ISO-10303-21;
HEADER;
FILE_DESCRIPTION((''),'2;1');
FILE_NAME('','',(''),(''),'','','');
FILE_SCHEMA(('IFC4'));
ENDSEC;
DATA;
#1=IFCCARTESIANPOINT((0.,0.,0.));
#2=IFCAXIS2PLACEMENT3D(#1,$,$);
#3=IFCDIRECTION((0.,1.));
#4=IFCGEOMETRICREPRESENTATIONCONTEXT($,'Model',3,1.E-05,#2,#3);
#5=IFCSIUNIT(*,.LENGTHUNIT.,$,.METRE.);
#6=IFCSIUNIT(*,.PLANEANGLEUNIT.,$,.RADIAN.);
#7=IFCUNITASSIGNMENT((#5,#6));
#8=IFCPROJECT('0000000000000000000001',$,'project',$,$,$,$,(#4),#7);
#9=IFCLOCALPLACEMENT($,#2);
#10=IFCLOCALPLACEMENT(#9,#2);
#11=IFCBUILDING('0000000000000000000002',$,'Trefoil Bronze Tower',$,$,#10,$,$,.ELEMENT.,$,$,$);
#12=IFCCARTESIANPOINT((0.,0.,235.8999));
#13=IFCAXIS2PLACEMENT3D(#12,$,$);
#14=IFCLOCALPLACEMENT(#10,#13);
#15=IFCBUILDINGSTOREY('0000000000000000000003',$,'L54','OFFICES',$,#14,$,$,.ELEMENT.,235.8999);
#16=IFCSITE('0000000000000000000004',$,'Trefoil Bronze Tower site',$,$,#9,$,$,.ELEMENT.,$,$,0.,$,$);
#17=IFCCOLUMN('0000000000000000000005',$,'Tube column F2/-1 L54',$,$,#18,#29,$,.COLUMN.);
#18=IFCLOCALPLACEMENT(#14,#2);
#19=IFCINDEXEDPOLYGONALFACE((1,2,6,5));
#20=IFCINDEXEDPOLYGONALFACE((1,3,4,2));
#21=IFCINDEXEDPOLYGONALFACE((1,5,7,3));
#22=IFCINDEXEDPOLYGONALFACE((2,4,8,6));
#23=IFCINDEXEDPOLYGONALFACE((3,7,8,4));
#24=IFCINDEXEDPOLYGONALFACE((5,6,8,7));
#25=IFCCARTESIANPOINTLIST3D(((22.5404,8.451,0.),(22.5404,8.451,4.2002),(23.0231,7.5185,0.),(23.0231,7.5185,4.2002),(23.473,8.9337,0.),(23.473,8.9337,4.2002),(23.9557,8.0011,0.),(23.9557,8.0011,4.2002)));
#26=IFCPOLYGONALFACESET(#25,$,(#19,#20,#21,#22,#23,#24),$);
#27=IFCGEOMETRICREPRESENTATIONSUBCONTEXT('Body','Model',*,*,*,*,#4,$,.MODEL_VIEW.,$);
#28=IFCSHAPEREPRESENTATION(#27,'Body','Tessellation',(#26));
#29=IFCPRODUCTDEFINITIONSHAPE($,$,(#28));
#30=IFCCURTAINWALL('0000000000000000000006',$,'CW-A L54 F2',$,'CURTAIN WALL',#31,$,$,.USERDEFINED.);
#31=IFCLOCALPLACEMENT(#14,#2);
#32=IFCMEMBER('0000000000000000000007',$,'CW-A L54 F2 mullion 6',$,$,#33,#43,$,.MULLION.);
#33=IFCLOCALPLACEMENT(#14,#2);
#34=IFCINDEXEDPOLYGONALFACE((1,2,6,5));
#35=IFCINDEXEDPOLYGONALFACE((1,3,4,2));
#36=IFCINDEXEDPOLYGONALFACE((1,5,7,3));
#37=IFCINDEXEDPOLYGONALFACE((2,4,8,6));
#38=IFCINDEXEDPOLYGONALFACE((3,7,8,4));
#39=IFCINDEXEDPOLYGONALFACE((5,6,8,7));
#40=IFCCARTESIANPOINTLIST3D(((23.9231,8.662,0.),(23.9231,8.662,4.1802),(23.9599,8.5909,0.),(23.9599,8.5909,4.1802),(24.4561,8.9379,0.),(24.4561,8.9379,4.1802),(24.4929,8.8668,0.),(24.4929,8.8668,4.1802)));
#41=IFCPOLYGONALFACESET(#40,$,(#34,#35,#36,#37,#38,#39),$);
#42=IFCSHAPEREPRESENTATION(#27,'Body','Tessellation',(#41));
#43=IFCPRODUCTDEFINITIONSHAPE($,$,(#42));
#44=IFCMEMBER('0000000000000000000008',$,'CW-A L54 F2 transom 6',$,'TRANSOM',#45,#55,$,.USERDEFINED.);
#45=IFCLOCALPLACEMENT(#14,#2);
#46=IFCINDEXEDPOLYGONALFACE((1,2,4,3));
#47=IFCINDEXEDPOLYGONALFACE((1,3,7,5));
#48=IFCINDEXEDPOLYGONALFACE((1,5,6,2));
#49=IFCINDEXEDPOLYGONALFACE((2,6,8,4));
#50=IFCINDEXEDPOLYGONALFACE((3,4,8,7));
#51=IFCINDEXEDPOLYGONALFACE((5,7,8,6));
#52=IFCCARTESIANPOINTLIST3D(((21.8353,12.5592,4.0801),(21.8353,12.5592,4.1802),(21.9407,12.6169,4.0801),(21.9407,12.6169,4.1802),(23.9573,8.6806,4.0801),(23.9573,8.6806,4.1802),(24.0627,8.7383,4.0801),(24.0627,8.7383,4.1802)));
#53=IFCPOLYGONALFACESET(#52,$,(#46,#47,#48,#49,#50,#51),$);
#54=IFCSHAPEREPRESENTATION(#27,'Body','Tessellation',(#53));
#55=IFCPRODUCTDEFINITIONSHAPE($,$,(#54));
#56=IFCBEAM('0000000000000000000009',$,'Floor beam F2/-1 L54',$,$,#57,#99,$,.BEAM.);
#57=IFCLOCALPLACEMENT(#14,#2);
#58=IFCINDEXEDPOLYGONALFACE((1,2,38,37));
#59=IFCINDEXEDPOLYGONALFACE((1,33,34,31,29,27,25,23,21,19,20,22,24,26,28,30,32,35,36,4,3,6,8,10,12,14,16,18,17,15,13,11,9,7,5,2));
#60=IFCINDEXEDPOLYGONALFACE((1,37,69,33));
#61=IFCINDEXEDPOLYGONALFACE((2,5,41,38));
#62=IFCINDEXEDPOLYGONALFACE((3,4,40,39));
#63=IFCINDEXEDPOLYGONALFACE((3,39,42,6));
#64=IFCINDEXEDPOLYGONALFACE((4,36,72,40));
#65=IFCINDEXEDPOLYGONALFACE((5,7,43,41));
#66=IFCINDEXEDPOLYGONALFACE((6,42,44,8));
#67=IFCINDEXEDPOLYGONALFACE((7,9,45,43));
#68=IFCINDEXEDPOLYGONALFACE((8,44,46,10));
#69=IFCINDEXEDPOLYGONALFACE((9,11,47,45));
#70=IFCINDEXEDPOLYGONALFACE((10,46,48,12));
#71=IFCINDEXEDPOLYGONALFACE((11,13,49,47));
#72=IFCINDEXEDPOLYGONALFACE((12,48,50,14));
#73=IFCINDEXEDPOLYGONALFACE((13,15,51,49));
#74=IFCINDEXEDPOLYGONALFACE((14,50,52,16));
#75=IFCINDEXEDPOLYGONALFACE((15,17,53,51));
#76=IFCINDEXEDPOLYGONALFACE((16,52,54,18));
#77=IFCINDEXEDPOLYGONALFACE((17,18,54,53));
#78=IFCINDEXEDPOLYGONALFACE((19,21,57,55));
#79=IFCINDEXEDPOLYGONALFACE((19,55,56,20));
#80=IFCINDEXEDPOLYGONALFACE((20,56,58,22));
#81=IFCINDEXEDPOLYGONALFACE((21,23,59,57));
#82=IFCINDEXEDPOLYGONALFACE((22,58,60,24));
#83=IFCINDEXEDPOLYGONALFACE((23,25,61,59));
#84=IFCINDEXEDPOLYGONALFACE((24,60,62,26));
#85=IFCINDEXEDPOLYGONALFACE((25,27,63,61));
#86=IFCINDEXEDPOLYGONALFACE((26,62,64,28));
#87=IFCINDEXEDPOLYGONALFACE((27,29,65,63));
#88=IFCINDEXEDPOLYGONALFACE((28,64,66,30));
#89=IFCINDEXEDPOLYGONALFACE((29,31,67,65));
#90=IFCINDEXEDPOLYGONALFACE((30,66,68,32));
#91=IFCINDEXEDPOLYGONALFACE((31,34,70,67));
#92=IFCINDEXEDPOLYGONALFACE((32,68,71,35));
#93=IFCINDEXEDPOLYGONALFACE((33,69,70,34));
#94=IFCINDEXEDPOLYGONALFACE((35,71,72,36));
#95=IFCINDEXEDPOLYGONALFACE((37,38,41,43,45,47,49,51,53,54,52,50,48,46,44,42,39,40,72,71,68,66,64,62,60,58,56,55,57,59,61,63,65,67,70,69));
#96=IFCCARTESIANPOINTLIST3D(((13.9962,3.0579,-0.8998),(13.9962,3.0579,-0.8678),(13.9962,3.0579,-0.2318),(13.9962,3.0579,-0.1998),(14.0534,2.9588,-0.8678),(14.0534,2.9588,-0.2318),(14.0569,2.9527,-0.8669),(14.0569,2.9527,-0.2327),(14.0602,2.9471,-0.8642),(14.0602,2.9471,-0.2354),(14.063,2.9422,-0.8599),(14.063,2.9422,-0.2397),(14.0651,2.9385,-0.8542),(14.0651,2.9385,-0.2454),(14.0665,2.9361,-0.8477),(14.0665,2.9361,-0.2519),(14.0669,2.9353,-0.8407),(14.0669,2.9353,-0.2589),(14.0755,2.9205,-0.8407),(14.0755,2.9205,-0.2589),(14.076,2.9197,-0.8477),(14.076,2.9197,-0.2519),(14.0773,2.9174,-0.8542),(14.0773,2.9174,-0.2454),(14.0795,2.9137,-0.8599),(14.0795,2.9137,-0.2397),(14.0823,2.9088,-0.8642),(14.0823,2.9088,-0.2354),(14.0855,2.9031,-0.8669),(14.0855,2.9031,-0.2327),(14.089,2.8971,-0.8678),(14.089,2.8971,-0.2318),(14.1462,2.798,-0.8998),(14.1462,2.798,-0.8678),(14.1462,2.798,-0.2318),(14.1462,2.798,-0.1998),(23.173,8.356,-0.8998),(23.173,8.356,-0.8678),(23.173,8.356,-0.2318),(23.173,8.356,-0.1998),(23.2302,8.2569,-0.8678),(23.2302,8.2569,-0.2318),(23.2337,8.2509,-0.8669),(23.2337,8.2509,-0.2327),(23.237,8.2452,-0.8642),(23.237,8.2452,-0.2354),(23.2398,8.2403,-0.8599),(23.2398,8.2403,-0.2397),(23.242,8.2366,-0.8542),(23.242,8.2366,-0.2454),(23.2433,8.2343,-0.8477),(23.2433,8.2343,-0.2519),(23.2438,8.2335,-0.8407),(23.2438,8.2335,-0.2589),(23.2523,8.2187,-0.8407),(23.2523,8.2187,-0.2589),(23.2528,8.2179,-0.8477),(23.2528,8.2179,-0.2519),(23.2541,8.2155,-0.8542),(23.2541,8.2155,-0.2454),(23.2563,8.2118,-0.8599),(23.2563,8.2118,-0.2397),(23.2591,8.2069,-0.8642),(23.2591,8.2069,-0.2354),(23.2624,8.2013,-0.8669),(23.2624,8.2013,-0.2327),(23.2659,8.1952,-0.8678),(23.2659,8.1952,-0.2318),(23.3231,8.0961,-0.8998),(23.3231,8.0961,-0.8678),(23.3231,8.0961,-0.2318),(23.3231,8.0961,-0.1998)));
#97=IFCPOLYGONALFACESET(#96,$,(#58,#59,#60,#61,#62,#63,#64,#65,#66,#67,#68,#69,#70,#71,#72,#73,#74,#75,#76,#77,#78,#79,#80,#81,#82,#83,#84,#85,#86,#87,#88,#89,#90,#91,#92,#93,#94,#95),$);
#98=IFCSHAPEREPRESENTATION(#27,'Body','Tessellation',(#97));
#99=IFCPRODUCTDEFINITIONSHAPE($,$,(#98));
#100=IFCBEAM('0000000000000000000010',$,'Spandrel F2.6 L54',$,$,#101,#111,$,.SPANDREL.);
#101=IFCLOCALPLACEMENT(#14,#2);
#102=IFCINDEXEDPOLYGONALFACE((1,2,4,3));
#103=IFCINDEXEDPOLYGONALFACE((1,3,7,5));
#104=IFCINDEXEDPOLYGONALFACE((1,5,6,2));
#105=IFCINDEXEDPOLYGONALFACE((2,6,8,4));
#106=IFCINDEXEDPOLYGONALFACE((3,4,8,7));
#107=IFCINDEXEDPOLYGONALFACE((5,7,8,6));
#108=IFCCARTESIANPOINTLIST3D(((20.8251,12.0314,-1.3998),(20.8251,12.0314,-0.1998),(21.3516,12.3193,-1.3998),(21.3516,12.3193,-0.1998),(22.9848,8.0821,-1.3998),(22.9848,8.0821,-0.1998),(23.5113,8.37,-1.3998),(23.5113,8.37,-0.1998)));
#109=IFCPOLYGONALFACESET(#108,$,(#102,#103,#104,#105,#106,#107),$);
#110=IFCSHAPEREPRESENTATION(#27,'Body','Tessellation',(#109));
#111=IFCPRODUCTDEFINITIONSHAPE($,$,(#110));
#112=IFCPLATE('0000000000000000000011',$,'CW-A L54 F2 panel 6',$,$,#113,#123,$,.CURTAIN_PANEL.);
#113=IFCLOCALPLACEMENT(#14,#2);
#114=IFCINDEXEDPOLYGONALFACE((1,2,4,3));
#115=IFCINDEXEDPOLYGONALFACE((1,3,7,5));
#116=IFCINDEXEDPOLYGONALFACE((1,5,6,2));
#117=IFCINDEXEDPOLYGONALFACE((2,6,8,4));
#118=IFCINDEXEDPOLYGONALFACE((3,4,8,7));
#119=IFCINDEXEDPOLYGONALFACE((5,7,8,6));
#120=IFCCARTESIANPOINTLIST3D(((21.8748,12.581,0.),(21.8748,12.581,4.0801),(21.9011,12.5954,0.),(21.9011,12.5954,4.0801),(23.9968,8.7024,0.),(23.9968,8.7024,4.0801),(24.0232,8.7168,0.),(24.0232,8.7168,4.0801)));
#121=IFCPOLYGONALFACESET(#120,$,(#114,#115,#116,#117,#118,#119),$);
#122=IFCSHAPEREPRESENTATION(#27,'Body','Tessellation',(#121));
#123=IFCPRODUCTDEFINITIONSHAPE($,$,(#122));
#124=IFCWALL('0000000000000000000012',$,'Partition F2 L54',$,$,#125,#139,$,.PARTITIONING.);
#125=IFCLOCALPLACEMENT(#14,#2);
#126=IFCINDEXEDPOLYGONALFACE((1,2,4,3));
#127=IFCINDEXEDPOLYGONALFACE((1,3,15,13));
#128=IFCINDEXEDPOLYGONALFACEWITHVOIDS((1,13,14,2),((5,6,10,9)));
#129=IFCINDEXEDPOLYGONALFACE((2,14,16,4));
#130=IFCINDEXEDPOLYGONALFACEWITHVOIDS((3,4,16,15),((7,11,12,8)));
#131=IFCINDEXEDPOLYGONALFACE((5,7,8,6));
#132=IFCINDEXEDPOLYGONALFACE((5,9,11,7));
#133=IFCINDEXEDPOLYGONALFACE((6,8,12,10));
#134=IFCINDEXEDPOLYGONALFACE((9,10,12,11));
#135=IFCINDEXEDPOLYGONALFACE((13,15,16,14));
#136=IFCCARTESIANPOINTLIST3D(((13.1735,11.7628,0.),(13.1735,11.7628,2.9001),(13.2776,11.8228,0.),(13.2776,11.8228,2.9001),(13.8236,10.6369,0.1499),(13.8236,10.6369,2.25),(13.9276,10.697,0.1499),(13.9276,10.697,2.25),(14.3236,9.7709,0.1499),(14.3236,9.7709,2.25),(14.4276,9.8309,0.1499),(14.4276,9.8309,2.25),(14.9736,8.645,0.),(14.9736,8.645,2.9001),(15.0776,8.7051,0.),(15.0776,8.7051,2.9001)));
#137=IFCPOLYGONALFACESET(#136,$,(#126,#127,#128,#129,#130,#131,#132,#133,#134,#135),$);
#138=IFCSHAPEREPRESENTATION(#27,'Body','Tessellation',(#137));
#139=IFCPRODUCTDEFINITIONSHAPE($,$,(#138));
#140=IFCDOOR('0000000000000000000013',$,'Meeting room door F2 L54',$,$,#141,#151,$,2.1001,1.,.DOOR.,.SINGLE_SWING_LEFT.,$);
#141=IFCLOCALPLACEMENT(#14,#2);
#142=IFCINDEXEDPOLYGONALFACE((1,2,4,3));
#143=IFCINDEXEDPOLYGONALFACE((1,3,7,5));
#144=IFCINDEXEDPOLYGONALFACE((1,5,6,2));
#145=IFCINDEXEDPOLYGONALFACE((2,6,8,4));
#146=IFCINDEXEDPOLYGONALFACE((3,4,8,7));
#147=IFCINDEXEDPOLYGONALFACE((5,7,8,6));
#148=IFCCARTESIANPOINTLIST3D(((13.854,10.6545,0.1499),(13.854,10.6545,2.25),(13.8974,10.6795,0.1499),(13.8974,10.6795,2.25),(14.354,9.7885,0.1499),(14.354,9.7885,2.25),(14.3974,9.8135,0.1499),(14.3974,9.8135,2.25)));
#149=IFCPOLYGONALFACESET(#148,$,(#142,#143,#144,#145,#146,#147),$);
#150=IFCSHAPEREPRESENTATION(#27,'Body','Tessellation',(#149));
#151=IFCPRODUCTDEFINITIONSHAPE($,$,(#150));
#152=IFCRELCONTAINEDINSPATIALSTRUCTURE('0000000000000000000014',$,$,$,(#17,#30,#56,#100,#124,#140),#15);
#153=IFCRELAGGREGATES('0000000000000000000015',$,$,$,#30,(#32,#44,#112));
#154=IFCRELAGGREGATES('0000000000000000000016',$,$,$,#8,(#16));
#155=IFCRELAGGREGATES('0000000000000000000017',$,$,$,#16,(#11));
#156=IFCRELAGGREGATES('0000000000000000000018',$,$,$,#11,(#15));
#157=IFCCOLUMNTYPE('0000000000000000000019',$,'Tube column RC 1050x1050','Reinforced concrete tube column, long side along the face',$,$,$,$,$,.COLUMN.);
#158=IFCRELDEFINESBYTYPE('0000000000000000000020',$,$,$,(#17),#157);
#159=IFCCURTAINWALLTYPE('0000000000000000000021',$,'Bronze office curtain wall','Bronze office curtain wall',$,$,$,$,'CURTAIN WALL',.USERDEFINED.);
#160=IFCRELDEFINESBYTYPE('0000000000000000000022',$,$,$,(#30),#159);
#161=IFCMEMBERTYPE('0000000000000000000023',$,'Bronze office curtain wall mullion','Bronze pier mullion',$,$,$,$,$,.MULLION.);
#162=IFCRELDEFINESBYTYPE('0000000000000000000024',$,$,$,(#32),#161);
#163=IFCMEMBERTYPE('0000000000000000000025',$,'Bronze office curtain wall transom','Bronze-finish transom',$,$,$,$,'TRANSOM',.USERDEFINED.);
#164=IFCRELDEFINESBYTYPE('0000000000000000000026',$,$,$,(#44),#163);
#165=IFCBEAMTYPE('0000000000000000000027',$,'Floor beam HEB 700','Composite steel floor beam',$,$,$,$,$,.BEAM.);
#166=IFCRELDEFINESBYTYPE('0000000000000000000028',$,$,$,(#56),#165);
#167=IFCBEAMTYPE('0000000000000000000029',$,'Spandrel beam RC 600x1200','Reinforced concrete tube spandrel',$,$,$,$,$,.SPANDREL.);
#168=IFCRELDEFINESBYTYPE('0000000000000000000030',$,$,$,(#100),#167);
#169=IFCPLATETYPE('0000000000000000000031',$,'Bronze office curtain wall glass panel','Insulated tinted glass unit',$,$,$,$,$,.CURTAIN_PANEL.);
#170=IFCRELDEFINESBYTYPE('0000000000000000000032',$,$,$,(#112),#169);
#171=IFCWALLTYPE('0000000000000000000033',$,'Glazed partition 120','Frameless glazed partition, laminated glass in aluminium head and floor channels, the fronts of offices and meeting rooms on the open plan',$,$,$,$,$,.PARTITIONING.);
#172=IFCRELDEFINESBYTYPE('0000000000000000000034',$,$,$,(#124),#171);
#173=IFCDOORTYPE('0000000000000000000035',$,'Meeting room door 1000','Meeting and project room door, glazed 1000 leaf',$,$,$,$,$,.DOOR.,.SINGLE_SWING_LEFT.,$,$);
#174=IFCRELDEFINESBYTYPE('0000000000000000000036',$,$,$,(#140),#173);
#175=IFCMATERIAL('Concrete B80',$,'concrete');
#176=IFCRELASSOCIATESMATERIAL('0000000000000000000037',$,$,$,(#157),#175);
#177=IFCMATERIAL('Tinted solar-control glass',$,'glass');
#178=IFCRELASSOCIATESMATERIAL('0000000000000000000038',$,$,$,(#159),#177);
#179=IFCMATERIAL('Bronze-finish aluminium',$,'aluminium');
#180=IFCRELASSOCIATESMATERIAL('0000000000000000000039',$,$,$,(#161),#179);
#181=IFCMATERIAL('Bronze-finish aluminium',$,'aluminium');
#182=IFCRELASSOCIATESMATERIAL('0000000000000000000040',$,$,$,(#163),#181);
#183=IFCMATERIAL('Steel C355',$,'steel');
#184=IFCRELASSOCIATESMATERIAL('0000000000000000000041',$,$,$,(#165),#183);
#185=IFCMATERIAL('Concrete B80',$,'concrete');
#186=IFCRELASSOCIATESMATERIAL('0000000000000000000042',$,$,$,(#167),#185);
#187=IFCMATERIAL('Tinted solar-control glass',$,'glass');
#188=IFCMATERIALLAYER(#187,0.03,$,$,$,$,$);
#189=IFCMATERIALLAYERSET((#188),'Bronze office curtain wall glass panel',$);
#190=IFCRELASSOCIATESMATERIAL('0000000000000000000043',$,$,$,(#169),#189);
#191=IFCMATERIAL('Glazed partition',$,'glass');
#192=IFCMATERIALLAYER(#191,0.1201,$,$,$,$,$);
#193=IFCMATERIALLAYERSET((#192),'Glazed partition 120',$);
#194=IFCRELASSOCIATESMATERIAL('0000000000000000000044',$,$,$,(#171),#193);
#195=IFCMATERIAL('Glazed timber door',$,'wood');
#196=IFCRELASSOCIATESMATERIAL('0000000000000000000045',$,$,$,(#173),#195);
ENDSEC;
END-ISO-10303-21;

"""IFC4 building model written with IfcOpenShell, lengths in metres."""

from ifc_helpers import new_model, si_unit, direction, frame, frame_2d, origin, origin_2d, place, context, subcontext, project, spatial, rectangle, i_section, extrude, material, layer, layer_set, material_profile, profile_set, type_object, element, fill, aggregate, save


model = new_model("IFC4")

# Units and contexts
model_context = context("Model", 3, precision=1e-05, world=origin(), true_north=direction((0.0, 1.0)))
body_context = subcontext(model_context, "Body", "Model", "MODEL_VIEW")
ifc_project = project(units=[si_unit("LENGTHUNIT", "METRE"), si_unit("PLANEANGLEUNIT", "RADIAN")], contexts=[model_context])

# Site, building, storey
site_placement = place(None, origin())
site = spatial("IfcSite", under=ifc_project, at=site_placement, Name="Trefoil Bronze Tower site", CompositionType="ELEMENT", RefElevation=0.0)
building_placement = place(site_placement, origin())
building = spatial("IfcBuilding", under=site, at=building_placement, Name="Trefoil Bronze Tower", CompositionType="ELEMENT")
storey_placement = place(building_placement, frame((0.0, 0.0, 235.8999)))
storey = spatial("IfcBuildingStorey", under=building, at=storey_placement, Name="L54", Description="OFFICES", CompositionType="ELEMENT", Elevation=235.8999)

# Column
ifc_material_1 = material(Name="Concrete B80", Category="concrete")
ifc_material_profile_1 = material_profile(ifc_material_1, rectangle(XDim=1.05, YDim=1.05, at=origin_2d()), Name="RC 1050x1050")
ifc_profile_set_1 = profile_set([ifc_material_profile_1], Name="Concrete B80")
column_type = type_object("IfcColumnType", Name="Tube column RC 1050x1050", Description="Reinforced concrete tube column, long side along the face", PredefinedType="COLUMN", material=ifc_profile_set_1)
column_placement = place(storey_placement, frame((23.248, 8.2261, 0.0), z_axis=(0.0, 0.0, 1.0), x_axis=(-0.459673, 0.888088, 0.0)))
element("IfcColumn", 1, at=column_placement, inside=storey, type_object=column_type, Name="Tube column F2/-1 L54", PredefinedType="COLUMN", context=body_context, shape_type="SweptSolid", body=[
    extrude(rectangle(XDim=1.05, YDim=1.05, at=origin_2d()), origin(), (0.0, 0.0, 1.0), 4.2002),
])

# Curtain wall, members
ifc_material_2 = material(Name="Tinted solar-control glass", Category="glass")
curtain_wall_type = type_object("IfcCurtainWallType", Name="Bronze office curtain wall", Description="Bronze office curtain wall", ElementType="CURTAIN WALL", PredefinedType="USERDEFINED", material=ifc_material_2)
curtain_wall_placement = place(storey_placement, origin())
curtain_wall = element("IfcCurtainWall", 2, at=curtain_wall_placement, inside=storey, type_object=curtain_wall_type, Name="CW-A L54 F2", ObjectType="CURTAIN WALL", PredefinedType="USERDEFINED")
ifc_material_3 = material(Name="Bronze-finish aluminium", Category="aluminium")
ifc_material_profile_2 = material_profile(ifc_material_3, rectangle(XDim=0.6001, YDim=0.0801, at=origin_2d()), Name="CW-A mullion")
ifc_profile_set_2 = profile_set([ifc_material_profile_2], Name="Bronze-finish aluminium")
member_type_1 = type_object("IfcMemberType", Name="Bronze office curtain wall mullion", Description="Bronze pier mullion", PredefinedType="MULLION", material=ifc_profile_set_2)
member_1_placement = place(storey_placement, frame((24.208, 8.7644, 0.0), z_axis=(0.0, 0.0, 1.0), x_axis=(-0.888088, -0.459673, 0.0)))
member_1 = element("IfcMember", 3, at=member_1_placement, type_object=member_type_1, Name="CW-A L54 F2 mullion 6", PredefinedType="MULLION", context=body_context, shape_type="SweptSolid", body=[
    extrude(rectangle(XDim=0.6001, YDim=0.0801, at=origin_2d()), origin(), (0.0, 0.0, 1.0), 4.1802),
])
ifc_material_4 = material(Name="Bronze-finish aluminium", Category="aluminium")
ifc_material_profile_3 = material_profile(ifc_material_4, rectangle(XDim=0.1201, YDim=0.1001, at=origin_2d()), Name="CW-A transom")
ifc_profile_set_3 = profile_set([ifc_material_profile_3], Name="Bronze-finish aluminium")
member_type_2 = type_object("IfcMemberType", Name="Bronze office curtain wall transom", Description="Bronze-finish transom", ElementType="TRANSOM", PredefinedType="USERDEFINED", material=ifc_profile_set_3)
member_2_placement = place(storey_placement, frame((24.01, 8.7095, 4.1301), z_axis=(-0.479974, 0.877283, 0.0), x_axis=(-0.877283, -0.479974, 0.0)))
member_2 = element("IfcMember", 4, at=member_2_placement, type_object=member_type_2, Name="CW-A L54 F2 transom 6", ObjectType="TRANSOM", PredefinedType="USERDEFINED", context=body_context, shape_type="SweptSolid", body=[
    extrude(rectangle(XDim=0.1201, YDim=0.1001, at=origin_2d()), origin(), (0.0, 0.0, 1.0), 4.4211),
])

# Beams
ifc_material_5 = material(Name="Steel C355", Category="steel")
ifc_material_profile_4 = material_profile(ifc_material_5, i_section(OverallWidth=0.3, OverallDepth=0.7, WebThickness=0.0171, FlangeThickness=0.032, FilletRadius=0.0271, at=origin_2d()), Name="HEB 700")
ifc_profile_set_4 = profile_set([ifc_material_profile_4], Name="Steel C355")
beam_type_1 = type_object("IfcBeamType", Name="Floor beam HEB 700", Description="Composite steel floor beam", PredefinedType="BEAM", material=ifc_profile_set_4)
beam_1_placement = place(storey_placement, frame((23.248, 8.2261, -0.5498), z_axis=(-0.86603, -0.499992, 0.0), x_axis=(0.499992, -0.86603, 0.0)))
element("IfcBeam", 5, at=beam_1_placement, inside=storey, type_object=beam_type_1, Name="Floor beam F2/-1 L54", PredefinedType="BEAM", context=body_context, shape_type="SweptSolid", body=[
    extrude(i_section(OverallWidth=0.3, OverallDepth=0.7, WebThickness=0.0171, FlangeThickness=0.032, FilletRadius=0.0271, at=origin_2d()), origin(), (0.0, 0.0, 1.0), 10.5964),
])
ifc_material_6 = material(Name="Concrete B80", Category="concrete")
ifc_material_profile_5 = material_profile(ifc_material_6, rectangle(XDim=0.6001, YDim=1.2, at=origin_2d()), Name="RC 600x1200")
ifc_profile_set_5 = profile_set([ifc_material_profile_5], Name="Concrete B80")
beam_type_2 = type_object("IfcBeamType", Name="Spandrel beam RC 600x1200", Description="Reinforced concrete tube spandrel", PredefinedType="SPANDREL", material=ifc_profile_set_5)
beam_2_placement = place(storey_placement, frame((23.248, 8.2261, -0.7998), z_axis=(-0.479802, 0.877377, 0.0), x_axis=(-0.877377, -0.479802, 0.0)))
element("IfcBeam", 6, at=beam_2_placement, inside=storey, type_object=beam_type_2, Name="Spandrel F2.6 L54", PredefinedType="SPANDREL", context=body_context, shape_type="SweptSolid", body=[
    extrude(rectangle(XDim=0.6001, YDim=1.2, at=origin_2d()), origin(), (0.0, 0.0, 1.0), 4.5012),
])

# Plate
ifc_material_7 = material(Name="Tinted solar-control glass", Category="glass")
ifc_layer_1 = layer(ifc_material_7, 0.03)
ifc_layer_set_1 = layer_set([ifc_layer_1], Name="Bronze office curtain wall glass panel")
plate_type = type_object("IfcPlateType", Name="Bronze office curtain wall glass panel", Description="Insulated tinted glass unit", PredefinedType="CURTAIN_PANEL", material=ifc_layer_set_1)
plate_placement = place(storey_placement, frame((22.949, 10.6489, 0.0), z_axis=(0.0, 0.0, 1.0), x_axis=(-0.479974, 0.877283, 0.0)))
plate = element("IfcPlate", 7, at=plate_placement, type_object=plate_type, Name="CW-A L54 F2 panel 6", PredefinedType="CURTAIN_PANEL", context=body_context, shape_type="SweptSolid", body=[
    extrude(rectangle(XDim=4.4211, YDim=0.03, at=origin_2d()), origin(), (0.0, 0.0, 1.0), 4.0801),
])
aggregate(curtain_wall, [member_1, member_2, plate])

# Wall, opening, door
ifc_material_8 = material(Name="Glazed partition", Category="glass")
ifc_layer_2 = layer(ifc_material_8, 0.1201)
ifc_layer_set_2 = layer_set([ifc_layer_2], Name="Glazed partition 120")
wall_type_1 = type_object("IfcWallType", Name="Glazed partition 120", Description="Frameless glazed partition, laminated glass in aluminium head and floor channels, the fronts of offices and meeting rooms on the open plan", PredefinedType="PARTITIONING", material=ifc_layer_set_2)
wall_1_placement = place(storey_placement, frame((15.0256, 8.675, 0.0), z_axis=(0.0, 0.0, 1.0), x_axis=(-0.500012, 0.866018, 0.0)))
wall_1 = element("IfcWall", 8, at=wall_1_placement, inside=storey, type_object=wall_type_1, Name="Partition F2 L54", PredefinedType="PARTITIONING", context=body_context, shape_type="SweptSolid", body=[
    extrude(rectangle(XDim=3.6001, YDim=0.1201, at=frame_2d((1.8, 0.0))), origin(), (0.0, 0.0, 1.0), 2.9001),
])
opening_1_placement = place(wall_1_placement, frame((1.3, 0.0, 0.1499)))
opening_1 = element("IfcOpeningElement", 9, at=opening_1_placement, cuts=wall_1, PredefinedType="OPENING", context=body_context, shape_type="SweptSolid", body=[
    extrude(rectangle(XDim=1.0, YDim=2.1001, at=frame_2d((0.5, 1.05))), frame((0.0, 0.0701, 0.0), z_axis=(0.0, -1.0, 0.0), x_axis=(1.0, 0.0, 0.0)), (0.0, 0.0, 1.0), 0.1401),
])
ifc_material_9 = material(Name="Glazed timber door", Category="wood")
door_type_1 = type_object("IfcDoorType", Name="Meeting room door 1000", Description="Meeting and project room door, glazed 1000 leaf", OperationType="SINGLE_SWING_LEFT", PredefinedType="DOOR", material=ifc_material_9)
door_1_placement = place(opening_1_placement, origin())
door_1 = element("IfcDoor", 10, at=door_1_placement, inside=storey, type_object=door_type_1, Name="Meeting room door F2 L54", OperationType="SINGLE_SWING_LEFT", OverallHeight=2.1001, OverallWidth=1.0, PredefinedType="DOOR", context=body_context, shape_type="SweptSolid", body=[
    extrude(rectangle(XDim=1.0, YDim=2.1001, at=frame_2d((0.5, 1.05))), frame((0.0, 0.0249, 0.0), z_axis=(0.0, -1.0, 0.0), x_axis=(1.0, 0.0, 0.0)), (0.0, 0.0, 1.0), 0.05),
])
fill(opening_1, door_1)

save(model, "model.ifc")
